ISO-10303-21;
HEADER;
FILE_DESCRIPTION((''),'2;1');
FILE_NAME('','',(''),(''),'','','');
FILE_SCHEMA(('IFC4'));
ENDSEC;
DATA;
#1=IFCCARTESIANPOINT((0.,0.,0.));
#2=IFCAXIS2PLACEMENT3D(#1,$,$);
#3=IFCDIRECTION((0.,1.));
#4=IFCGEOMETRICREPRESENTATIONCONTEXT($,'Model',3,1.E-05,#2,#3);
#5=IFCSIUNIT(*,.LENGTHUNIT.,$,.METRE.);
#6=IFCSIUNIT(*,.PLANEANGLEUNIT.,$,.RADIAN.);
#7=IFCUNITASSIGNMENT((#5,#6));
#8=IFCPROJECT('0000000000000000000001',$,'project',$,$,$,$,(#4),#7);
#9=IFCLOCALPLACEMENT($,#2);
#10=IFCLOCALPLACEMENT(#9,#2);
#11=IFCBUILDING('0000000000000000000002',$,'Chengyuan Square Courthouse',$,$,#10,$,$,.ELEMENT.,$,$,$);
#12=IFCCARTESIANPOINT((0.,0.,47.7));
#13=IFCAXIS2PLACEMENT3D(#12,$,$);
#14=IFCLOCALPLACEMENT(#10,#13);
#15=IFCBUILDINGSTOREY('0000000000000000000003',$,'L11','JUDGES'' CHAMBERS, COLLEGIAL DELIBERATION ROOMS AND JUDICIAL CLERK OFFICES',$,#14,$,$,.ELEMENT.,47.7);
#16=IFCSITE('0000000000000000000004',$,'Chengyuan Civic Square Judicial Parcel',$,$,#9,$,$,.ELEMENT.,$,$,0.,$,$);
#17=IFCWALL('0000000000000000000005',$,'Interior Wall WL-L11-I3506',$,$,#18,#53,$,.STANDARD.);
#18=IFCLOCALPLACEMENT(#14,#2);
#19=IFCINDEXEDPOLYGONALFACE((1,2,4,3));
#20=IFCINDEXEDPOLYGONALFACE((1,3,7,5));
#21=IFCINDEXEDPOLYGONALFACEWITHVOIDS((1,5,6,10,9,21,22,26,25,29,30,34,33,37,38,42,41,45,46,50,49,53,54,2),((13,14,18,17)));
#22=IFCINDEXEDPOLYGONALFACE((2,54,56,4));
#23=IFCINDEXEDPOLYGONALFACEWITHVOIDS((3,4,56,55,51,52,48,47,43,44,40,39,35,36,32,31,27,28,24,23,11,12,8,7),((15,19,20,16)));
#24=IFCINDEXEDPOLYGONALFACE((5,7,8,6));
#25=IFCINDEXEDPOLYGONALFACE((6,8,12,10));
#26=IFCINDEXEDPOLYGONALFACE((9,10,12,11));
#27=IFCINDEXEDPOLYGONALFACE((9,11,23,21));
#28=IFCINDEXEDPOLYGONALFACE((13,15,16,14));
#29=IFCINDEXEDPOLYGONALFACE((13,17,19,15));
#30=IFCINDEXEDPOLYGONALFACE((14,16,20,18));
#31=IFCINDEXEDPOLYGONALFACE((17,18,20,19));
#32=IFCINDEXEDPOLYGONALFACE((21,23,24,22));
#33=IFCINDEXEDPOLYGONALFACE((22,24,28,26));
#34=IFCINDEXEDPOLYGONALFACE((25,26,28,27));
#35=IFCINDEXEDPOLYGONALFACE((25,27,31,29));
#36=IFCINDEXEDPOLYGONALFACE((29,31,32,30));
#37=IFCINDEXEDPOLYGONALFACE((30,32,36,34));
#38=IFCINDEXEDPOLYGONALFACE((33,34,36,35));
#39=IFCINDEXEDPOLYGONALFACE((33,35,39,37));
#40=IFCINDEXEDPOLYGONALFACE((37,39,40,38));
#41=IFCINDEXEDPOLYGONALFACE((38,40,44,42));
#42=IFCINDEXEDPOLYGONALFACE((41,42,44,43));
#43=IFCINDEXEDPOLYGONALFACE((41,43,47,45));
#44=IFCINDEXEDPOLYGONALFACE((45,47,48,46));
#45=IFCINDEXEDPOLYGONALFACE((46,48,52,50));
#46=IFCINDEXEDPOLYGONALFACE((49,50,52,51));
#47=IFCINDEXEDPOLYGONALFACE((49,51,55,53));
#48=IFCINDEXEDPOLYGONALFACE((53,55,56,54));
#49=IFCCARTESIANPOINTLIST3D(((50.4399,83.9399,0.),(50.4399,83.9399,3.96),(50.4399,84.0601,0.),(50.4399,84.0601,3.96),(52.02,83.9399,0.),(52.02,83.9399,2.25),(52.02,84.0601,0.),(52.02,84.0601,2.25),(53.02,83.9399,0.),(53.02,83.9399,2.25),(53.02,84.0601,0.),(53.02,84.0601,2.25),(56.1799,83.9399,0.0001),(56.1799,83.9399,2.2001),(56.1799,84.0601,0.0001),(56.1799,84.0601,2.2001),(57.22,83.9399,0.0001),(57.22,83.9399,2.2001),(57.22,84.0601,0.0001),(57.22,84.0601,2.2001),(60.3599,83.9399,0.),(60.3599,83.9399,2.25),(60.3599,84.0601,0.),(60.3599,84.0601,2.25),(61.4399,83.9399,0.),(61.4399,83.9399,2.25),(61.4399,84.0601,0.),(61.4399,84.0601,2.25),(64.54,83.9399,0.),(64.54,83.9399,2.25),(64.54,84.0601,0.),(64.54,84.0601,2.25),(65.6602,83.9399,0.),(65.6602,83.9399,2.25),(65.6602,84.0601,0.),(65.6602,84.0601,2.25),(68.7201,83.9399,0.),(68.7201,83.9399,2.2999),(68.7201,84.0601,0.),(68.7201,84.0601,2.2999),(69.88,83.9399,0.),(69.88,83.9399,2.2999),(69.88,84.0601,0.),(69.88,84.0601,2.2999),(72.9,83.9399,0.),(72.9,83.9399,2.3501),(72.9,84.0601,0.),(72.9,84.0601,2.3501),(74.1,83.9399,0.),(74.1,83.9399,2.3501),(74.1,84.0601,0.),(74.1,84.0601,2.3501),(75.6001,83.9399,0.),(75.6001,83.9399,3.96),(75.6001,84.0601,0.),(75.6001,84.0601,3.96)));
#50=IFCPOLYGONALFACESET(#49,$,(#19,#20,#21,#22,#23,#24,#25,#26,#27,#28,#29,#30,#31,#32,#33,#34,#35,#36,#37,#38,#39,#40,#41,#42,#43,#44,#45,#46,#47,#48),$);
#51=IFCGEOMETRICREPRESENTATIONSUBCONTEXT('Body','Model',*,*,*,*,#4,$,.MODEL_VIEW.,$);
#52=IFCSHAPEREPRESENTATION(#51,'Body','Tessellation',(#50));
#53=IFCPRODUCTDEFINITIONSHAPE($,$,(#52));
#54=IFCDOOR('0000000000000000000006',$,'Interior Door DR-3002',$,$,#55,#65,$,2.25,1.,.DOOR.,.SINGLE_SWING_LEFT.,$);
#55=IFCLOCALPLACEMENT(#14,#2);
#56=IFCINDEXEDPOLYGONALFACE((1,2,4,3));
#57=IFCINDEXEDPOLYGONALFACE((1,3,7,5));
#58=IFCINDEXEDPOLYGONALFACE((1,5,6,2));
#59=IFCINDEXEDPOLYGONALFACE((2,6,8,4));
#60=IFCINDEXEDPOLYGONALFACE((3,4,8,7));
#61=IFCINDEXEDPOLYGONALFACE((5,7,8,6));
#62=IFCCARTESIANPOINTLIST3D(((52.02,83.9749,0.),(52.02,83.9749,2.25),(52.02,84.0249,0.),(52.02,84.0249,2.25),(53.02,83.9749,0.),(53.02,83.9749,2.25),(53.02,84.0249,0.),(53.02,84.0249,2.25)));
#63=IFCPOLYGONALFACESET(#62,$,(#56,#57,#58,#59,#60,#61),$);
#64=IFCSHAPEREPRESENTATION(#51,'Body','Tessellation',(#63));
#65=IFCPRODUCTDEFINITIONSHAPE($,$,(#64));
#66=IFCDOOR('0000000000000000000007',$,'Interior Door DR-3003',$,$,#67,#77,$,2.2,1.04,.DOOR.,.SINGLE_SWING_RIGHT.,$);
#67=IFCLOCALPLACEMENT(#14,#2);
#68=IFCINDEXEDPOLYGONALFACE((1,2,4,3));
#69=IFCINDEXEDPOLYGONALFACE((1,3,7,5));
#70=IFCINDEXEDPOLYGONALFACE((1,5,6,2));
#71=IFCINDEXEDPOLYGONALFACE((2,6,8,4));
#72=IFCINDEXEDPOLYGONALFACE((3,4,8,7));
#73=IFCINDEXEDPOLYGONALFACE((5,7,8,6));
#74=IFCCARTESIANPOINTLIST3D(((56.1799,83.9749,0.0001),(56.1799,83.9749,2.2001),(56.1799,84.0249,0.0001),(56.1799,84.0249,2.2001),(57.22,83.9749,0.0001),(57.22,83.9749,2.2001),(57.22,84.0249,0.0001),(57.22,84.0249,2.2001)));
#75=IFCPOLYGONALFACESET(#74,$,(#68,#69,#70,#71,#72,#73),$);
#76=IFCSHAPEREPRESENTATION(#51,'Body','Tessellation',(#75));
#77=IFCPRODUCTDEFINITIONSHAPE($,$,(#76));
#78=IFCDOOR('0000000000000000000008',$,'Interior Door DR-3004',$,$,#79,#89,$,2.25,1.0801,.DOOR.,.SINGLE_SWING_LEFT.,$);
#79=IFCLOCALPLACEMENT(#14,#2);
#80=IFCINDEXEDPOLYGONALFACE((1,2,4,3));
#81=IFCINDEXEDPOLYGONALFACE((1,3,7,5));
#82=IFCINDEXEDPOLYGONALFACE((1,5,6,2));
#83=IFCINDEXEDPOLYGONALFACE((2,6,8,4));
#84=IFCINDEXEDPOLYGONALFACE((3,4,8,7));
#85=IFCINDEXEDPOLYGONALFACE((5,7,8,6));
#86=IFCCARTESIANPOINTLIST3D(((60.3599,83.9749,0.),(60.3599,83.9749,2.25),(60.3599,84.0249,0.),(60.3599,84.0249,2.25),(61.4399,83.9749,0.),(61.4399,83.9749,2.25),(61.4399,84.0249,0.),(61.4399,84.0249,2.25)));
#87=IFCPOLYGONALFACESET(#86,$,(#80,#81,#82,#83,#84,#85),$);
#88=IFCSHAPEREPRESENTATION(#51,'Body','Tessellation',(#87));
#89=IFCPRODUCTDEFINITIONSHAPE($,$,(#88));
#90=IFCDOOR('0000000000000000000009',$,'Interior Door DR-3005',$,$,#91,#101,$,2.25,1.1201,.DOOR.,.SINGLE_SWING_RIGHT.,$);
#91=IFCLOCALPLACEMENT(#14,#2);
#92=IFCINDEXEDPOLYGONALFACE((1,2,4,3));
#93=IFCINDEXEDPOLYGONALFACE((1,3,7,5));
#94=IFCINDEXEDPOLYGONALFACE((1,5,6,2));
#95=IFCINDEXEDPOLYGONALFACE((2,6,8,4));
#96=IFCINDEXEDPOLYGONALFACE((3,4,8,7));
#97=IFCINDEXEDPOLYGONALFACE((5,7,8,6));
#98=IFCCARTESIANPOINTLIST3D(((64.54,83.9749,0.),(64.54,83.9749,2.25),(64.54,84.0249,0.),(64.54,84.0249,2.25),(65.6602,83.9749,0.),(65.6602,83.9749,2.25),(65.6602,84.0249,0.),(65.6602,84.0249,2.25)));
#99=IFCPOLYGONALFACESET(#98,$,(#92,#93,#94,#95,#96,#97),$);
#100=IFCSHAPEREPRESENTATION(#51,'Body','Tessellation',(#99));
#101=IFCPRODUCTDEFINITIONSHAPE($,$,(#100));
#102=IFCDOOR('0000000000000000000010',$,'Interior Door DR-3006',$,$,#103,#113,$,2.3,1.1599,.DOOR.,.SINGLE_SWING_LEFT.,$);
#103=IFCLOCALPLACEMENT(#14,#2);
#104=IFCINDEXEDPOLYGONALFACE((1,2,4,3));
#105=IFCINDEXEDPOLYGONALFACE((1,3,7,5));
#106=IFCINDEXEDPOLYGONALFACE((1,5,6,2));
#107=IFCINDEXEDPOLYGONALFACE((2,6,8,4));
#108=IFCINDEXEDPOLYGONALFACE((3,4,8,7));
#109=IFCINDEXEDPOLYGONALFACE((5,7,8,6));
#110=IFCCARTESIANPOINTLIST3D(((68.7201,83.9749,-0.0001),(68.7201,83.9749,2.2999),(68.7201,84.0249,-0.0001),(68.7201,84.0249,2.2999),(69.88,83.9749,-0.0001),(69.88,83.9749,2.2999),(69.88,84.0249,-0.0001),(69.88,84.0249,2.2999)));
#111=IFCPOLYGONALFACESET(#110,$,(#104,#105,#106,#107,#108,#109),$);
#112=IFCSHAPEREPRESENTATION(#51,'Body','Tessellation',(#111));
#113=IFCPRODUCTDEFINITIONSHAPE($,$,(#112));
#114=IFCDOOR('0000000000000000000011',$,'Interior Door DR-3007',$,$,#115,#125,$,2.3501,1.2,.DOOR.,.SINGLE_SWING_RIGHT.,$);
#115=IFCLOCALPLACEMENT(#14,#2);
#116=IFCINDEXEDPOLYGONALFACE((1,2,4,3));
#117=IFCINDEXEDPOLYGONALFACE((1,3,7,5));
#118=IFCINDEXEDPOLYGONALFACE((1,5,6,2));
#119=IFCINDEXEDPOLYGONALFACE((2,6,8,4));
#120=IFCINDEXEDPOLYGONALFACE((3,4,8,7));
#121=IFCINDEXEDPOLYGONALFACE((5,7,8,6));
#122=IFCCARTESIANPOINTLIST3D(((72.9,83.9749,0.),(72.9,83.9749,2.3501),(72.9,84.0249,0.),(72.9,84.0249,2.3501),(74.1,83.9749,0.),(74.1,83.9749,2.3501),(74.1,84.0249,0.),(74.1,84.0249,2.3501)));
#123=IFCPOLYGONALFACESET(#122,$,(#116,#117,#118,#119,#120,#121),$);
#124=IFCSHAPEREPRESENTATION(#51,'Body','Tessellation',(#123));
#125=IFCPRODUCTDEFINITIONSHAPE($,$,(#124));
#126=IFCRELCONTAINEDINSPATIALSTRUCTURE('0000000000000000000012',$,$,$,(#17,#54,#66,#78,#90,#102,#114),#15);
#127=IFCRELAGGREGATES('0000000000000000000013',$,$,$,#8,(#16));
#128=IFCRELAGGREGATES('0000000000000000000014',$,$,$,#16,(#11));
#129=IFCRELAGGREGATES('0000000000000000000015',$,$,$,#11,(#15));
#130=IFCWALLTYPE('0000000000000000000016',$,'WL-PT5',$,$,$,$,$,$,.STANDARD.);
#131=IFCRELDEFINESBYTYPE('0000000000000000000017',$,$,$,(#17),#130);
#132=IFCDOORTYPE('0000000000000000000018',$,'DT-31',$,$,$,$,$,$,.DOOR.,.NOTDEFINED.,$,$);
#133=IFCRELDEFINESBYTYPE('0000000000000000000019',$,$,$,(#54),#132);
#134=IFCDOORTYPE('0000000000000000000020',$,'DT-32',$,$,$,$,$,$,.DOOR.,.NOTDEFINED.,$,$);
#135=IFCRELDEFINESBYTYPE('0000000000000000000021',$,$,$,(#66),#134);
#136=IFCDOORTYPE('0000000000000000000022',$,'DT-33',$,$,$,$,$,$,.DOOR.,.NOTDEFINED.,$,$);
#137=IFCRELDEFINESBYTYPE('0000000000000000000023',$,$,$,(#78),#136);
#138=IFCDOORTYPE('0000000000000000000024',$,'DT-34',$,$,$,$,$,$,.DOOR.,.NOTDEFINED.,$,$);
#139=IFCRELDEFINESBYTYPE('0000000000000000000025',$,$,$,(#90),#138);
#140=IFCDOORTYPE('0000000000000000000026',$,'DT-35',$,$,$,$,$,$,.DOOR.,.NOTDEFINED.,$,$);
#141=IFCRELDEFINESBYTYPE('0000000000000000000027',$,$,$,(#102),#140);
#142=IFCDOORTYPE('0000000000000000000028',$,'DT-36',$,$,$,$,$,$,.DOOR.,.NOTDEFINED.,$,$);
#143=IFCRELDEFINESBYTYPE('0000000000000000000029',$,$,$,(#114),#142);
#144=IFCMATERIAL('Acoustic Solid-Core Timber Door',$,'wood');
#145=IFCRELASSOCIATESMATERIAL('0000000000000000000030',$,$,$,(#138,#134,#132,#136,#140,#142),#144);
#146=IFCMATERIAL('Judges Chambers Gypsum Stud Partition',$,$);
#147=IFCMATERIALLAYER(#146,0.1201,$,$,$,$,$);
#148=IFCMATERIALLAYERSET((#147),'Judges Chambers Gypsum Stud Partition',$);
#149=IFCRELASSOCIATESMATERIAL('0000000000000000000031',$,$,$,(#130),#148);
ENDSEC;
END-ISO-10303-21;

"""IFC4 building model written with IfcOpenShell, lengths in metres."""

from ifc_helpers import new_model, si_unit, direction, frame, frame_2d, origin, place, context, subcontext, project, spatial, rectangle, extrude, material, layer, layer_set, type_object, element, fill, save


model = new_model("IFC4")

# Units and contexts
model_context = context("Model", 3, precision=1e-05, world=origin(), true_north=direction((0.0, 1.0)))
body_context = subcontext(model_context, "Body", "Model", "MODEL_VIEW")
ifc_project = project(units=[si_unit("LENGTHUNIT", "METRE"), si_unit("PLANEANGLEUNIT", "RADIAN")], contexts=[model_context])

# Site, building, storey
site_placement = place(None, origin())
site = spatial("IfcSite", under=ifc_project, at=site_placement, Name="Chengyuan Civic Square Judicial Parcel", CompositionType="ELEMENT", RefElevation=0.0)
building_placement = place(site_placement, origin())
building = spatial("IfcBuilding", under=site, at=building_placement, Name="Chengyuan Square Courthouse", CompositionType="ELEMENT")
storey_placement = place(building_placement, frame((0.0, 0.0, 47.7)))
storey = spatial("IfcBuildingStorey", under=building, at=storey_placement, Name="L11", Description="JUDGES' CHAMBERS, COLLEGIAL DELIBERATION ROOMS AND JUDICIAL CLERK OFFICES", CompositionType="ELEMENT", Elevation=47.7)

# Shared definitions
ifc_material_1 = material(Name="Acoustic Solid-Core Timber Door", Category="wood")
door_type_1 = type_object("IfcDoorType", Name="DT-34", OperationType="NOTDEFINED", PredefinedType="DOOR", material=ifc_material_1)
door_type_2 = type_object("IfcDoorType", Name="DT-32", OperationType="NOTDEFINED", PredefinedType="DOOR", material=ifc_material_1)

# Wall, openings, doors
ifc_material_2 = material(Name="Judges Chambers Gypsum Stud Partition")
ifc_layer_1 = layer(ifc_material_2, 0.1201)
ifc_layer_set_1 = layer_set([ifc_layer_1], Name="Judges Chambers Gypsum Stud Partition")
wall_type_1 = type_object("IfcWallType", Name="WL-PT5", PredefinedType="STANDARD", material=ifc_layer_set_1)
wall_1_placement = place(storey_placement, frame((50.4399, 84.0, 0.0), z_axis=(0.0, 0.0, 1.0), x_axis=(1.0, 0.0, 0.0)))
wall_1 = element("IfcWall", 1, at=wall_1_placement, inside=storey, type_object=wall_type_1, Name="Interior Wall WL-L11-I3506", PredefinedType="STANDARD", context=body_context, shape_type="SweptSolid", body=[
    extrude(rectangle(XDim=25.1602, YDim=0.1201, at=frame_2d((12.5801, 0.0))), origin(), (0.0, 0.0, 1.0), 3.96),
])
opening_1_placement = place(wall_1_placement, frame((1.5801, 0.0, 0.0)))
opening_1 = element("IfcOpeningElement", 2, at=opening_1_placement, cuts=wall_1, PredefinedType="OPENING", context=body_context, shape_type="SweptSolid", body=[
    extrude(rectangle(XDim=1.0, YDim=2.25, at=frame_2d((0.5, 1.125))), frame((0.0, 0.072, 0.0), z_axis=(0.0, -1.0, 0.0), x_axis=(1.0, 0.0, 0.0)), (0.0, 0.0, 1.0), 0.144),
])
opening_2_placement = place(wall_1_placement, frame((5.74, 0.0, 0.0)))
opening_2 = element("IfcOpeningElement", 3, at=opening_2_placement, cuts=wall_1, PredefinedType="OPENING", context=body_context, shape_type="SweptSolid", body=[
    extrude(rectangle(XDim=1.04, YDim=2.2, at=frame_2d((0.52, 1.1001))), frame((0.0, 0.072, 0.0), z_axis=(0.0, -1.0, 0.0), x_axis=(1.0, 0.0, 0.0)), (0.0, 0.0, 1.0), 0.144),
])
opening_3_placement = place(wall_1_placement, frame((9.9199, 0.0, 0.0)))
opening_3 = element("IfcOpeningElement", 4, at=opening_3_placement, cuts=wall_1, PredefinedType="OPENING", context=body_context, shape_type="SweptSolid", body=[
    extrude(rectangle(XDim=1.0801, YDim=2.25, at=frame_2d((0.54, 1.125))), frame((0.0, 0.072, 0.0), z_axis=(0.0, -1.0, 0.0), x_axis=(1.0, 0.0, 0.0)), (0.0, 0.0, 1.0), 0.144),
])
opening_4_placement = place(wall_1_placement, frame((14.1001, 0.0, 0.0)))
opening_4 = element("IfcOpeningElement", 5, at=opening_4_placement, cuts=wall_1, PredefinedType="OPENING", context=body_context, shape_type="SweptSolid", body=[
    extrude(rectangle(XDim=1.1201, YDim=2.25, at=frame_2d((0.5601, 1.125))), frame((0.0, 0.072, 0.0), z_axis=(0.0, -1.0, 0.0), x_axis=(1.0, 0.0, 0.0)), (0.0, 0.0, 1.0), 0.144),
])
opening_5_placement = place(wall_1_placement, frame((18.28, 0.0, 0.0)))
opening_5 = element("IfcOpeningElement", 6, at=opening_5_placement, cuts=wall_1, PredefinedType="OPENING", context=body_context, shape_type="SweptSolid", body=[
    extrude(rectangle(XDim=1.1599, YDim=2.3, at=frame_2d((0.5801, 1.1499))), frame((0.0, 0.072, 0.0), z_axis=(0.0, -1.0, 0.0), x_axis=(1.0, 0.0, 0.0)), (0.0, 0.0, 1.0), 0.144),
])
opening_6_placement = place(wall_1_placement, frame((22.46, 0.0, 0.0)))
opening_6 = element("IfcOpeningElement", 7, at=opening_6_placement, cuts=wall_1, PredefinedType="OPENING", context=body_context, shape_type="SweptSolid", body=[
    extrude(rectangle(XDim=1.2, YDim=2.3501, at=frame_2d((0.6001, 1.175))), frame((0.0, 0.072, 0.0), z_axis=(0.0, -1.0, 0.0), x_axis=(1.0, 0.0, 0.0)), (0.0, 0.0, 1.0), 0.144),
])
door_type_3 = type_object("IfcDoorType", Name="DT-31", OperationType="NOTDEFINED", PredefinedType="DOOR", material=ifc_material_1)
door_1_placement = place(opening_1_placement, origin())
door_1 = element("IfcDoor", 8, at=door_1_placement, inside=storey, type_object=door_type_3, Name="Interior Door DR-3002", OperationType="SINGLE_SWING_LEFT", OverallHeight=2.25, OverallWidth=1.0, PredefinedType="DOOR", context=body_context, shape_type="SweptSolid", body=[
    extrude(rectangle(XDim=1.0, YDim=2.25, at=frame_2d((0.5, 1.125))), frame((0.0, 0.0249, 0.0), z_axis=(0.0, -1.0, 0.0), x_axis=(1.0, 0.0, 0.0)), (0.0, 0.0, 1.0), 0.05),
])
fill(opening_1, door_1)
door_2_placement = place(opening_2_placement, origin())
door_2 = element("IfcDoor", 9, at=door_2_placement, inside=storey, type_object=door_type_2, Name="Interior Door DR-3003", OperationType="SINGLE_SWING_RIGHT", OverallHeight=2.2, OverallWidth=1.04, PredefinedType="DOOR", context=body_context, shape_type="SweptSolid", body=[
    extrude(rectangle(XDim=1.04, YDim=2.2, at=frame_2d((0.52, 1.1001))), frame((0.0, 0.0249, 0.0), z_axis=(0.0, -1.0, 0.0), x_axis=(1.0, 0.0, 0.0)), (0.0, 0.0, 1.0), 0.05),
])
fill(opening_2, door_2)
door_type_4 = type_object("IfcDoorType", Name="DT-33", OperationType="NOTDEFINED", PredefinedType="DOOR", material=ifc_material_1)
door_3_placement = place(opening_3_placement, origin())
door_3 = element("IfcDoor", 10, at=door_3_placement, inside=storey, type_object=door_type_4, Name="Interior Door DR-3004", OperationType="SINGLE_SWING_LEFT", OverallHeight=2.25, OverallWidth=1.0801, PredefinedType="DOOR", context=body_context, shape_type="SweptSolid", body=[
    extrude(rectangle(XDim=1.0801, YDim=2.25, at=frame_2d((0.54, 1.125))), frame((0.0, 0.0249, 0.0), z_axis=(0.0, -1.0, 0.0), x_axis=(1.0, 0.0, 0.0)), (0.0, 0.0, 1.0), 0.05),
])
fill(opening_3, door_3)
door_4_placement = place(opening_4_placement, origin())
door_4 = element("IfcDoor", 11, at=door_4_placement, inside=storey, type_object=door_type_1, Name="Interior Door DR-3005", OperationType="SINGLE_SWING_RIGHT", OverallHeight=2.25, OverallWidth=1.1201, PredefinedType="DOOR", context=body_context, shape_type="SweptSolid", body=[
    extrude(rectangle(XDim=1.1201, YDim=2.25, at=frame_2d((0.5601, 1.125))), frame((0.0, 0.0249, 0.0), z_axis=(0.0, -1.0, 0.0), x_axis=(1.0, 0.0, 0.0)), (0.0, 0.0, 1.0), 0.05),
])
fill(opening_4, door_4)
door_type_5 = type_object("IfcDoorType", Name="DT-35", OperationType="NOTDEFINED", PredefinedType="DOOR", material=ifc_material_1)
door_5_placement = place(opening_5_placement, origin())
door_5 = element("IfcDoor", 12, at=door_5_placement, inside=storey, type_object=door_type_5, Name="Interior Door DR-3006", OperationType="SINGLE_SWING_LEFT", OverallHeight=2.3, OverallWidth=1.1599, PredefinedType="DOOR", context=body_context, shape_type="SweptSolid", body=[
    extrude(rectangle(XDim=1.1599, YDim=2.3, at=frame_2d((0.5801, 1.1499))), frame((0.0, 0.0249, 0.0), z_axis=(0.0, -1.0, 0.0), x_axis=(1.0, 0.0, 0.0)), (0.0, 0.0, 1.0), 0.05),
])
fill(opening_5, door_5)
door_type_6 = type_object("IfcDoorType", Name="DT-36", OperationType="NOTDEFINED", PredefinedType="DOOR", material=ifc_material_1)
door_6_placement = place(opening_6_placement, origin())
door_6 = element("IfcDoor", 13, at=door_6_placement, inside=storey, type_object=door_type_6, Name="Interior Door DR-3007", OperationType="SINGLE_SWING_RIGHT", OverallHeight=2.3501, OverallWidth=1.2, PredefinedType="DOOR", context=body_context, shape_type="SweptSolid", body=[
    extrude(rectangle(XDim=1.2, YDim=2.3501, at=frame_2d((0.6001, 1.175))), frame((0.0, 0.0249, 0.0), z_axis=(0.0, -1.0, 0.0), x_axis=(1.0, 0.0, 0.0)), (0.0, 0.0, 1.0), 0.05),
])
fill(opening_6, door_6)

save(model, "model.ifc")
